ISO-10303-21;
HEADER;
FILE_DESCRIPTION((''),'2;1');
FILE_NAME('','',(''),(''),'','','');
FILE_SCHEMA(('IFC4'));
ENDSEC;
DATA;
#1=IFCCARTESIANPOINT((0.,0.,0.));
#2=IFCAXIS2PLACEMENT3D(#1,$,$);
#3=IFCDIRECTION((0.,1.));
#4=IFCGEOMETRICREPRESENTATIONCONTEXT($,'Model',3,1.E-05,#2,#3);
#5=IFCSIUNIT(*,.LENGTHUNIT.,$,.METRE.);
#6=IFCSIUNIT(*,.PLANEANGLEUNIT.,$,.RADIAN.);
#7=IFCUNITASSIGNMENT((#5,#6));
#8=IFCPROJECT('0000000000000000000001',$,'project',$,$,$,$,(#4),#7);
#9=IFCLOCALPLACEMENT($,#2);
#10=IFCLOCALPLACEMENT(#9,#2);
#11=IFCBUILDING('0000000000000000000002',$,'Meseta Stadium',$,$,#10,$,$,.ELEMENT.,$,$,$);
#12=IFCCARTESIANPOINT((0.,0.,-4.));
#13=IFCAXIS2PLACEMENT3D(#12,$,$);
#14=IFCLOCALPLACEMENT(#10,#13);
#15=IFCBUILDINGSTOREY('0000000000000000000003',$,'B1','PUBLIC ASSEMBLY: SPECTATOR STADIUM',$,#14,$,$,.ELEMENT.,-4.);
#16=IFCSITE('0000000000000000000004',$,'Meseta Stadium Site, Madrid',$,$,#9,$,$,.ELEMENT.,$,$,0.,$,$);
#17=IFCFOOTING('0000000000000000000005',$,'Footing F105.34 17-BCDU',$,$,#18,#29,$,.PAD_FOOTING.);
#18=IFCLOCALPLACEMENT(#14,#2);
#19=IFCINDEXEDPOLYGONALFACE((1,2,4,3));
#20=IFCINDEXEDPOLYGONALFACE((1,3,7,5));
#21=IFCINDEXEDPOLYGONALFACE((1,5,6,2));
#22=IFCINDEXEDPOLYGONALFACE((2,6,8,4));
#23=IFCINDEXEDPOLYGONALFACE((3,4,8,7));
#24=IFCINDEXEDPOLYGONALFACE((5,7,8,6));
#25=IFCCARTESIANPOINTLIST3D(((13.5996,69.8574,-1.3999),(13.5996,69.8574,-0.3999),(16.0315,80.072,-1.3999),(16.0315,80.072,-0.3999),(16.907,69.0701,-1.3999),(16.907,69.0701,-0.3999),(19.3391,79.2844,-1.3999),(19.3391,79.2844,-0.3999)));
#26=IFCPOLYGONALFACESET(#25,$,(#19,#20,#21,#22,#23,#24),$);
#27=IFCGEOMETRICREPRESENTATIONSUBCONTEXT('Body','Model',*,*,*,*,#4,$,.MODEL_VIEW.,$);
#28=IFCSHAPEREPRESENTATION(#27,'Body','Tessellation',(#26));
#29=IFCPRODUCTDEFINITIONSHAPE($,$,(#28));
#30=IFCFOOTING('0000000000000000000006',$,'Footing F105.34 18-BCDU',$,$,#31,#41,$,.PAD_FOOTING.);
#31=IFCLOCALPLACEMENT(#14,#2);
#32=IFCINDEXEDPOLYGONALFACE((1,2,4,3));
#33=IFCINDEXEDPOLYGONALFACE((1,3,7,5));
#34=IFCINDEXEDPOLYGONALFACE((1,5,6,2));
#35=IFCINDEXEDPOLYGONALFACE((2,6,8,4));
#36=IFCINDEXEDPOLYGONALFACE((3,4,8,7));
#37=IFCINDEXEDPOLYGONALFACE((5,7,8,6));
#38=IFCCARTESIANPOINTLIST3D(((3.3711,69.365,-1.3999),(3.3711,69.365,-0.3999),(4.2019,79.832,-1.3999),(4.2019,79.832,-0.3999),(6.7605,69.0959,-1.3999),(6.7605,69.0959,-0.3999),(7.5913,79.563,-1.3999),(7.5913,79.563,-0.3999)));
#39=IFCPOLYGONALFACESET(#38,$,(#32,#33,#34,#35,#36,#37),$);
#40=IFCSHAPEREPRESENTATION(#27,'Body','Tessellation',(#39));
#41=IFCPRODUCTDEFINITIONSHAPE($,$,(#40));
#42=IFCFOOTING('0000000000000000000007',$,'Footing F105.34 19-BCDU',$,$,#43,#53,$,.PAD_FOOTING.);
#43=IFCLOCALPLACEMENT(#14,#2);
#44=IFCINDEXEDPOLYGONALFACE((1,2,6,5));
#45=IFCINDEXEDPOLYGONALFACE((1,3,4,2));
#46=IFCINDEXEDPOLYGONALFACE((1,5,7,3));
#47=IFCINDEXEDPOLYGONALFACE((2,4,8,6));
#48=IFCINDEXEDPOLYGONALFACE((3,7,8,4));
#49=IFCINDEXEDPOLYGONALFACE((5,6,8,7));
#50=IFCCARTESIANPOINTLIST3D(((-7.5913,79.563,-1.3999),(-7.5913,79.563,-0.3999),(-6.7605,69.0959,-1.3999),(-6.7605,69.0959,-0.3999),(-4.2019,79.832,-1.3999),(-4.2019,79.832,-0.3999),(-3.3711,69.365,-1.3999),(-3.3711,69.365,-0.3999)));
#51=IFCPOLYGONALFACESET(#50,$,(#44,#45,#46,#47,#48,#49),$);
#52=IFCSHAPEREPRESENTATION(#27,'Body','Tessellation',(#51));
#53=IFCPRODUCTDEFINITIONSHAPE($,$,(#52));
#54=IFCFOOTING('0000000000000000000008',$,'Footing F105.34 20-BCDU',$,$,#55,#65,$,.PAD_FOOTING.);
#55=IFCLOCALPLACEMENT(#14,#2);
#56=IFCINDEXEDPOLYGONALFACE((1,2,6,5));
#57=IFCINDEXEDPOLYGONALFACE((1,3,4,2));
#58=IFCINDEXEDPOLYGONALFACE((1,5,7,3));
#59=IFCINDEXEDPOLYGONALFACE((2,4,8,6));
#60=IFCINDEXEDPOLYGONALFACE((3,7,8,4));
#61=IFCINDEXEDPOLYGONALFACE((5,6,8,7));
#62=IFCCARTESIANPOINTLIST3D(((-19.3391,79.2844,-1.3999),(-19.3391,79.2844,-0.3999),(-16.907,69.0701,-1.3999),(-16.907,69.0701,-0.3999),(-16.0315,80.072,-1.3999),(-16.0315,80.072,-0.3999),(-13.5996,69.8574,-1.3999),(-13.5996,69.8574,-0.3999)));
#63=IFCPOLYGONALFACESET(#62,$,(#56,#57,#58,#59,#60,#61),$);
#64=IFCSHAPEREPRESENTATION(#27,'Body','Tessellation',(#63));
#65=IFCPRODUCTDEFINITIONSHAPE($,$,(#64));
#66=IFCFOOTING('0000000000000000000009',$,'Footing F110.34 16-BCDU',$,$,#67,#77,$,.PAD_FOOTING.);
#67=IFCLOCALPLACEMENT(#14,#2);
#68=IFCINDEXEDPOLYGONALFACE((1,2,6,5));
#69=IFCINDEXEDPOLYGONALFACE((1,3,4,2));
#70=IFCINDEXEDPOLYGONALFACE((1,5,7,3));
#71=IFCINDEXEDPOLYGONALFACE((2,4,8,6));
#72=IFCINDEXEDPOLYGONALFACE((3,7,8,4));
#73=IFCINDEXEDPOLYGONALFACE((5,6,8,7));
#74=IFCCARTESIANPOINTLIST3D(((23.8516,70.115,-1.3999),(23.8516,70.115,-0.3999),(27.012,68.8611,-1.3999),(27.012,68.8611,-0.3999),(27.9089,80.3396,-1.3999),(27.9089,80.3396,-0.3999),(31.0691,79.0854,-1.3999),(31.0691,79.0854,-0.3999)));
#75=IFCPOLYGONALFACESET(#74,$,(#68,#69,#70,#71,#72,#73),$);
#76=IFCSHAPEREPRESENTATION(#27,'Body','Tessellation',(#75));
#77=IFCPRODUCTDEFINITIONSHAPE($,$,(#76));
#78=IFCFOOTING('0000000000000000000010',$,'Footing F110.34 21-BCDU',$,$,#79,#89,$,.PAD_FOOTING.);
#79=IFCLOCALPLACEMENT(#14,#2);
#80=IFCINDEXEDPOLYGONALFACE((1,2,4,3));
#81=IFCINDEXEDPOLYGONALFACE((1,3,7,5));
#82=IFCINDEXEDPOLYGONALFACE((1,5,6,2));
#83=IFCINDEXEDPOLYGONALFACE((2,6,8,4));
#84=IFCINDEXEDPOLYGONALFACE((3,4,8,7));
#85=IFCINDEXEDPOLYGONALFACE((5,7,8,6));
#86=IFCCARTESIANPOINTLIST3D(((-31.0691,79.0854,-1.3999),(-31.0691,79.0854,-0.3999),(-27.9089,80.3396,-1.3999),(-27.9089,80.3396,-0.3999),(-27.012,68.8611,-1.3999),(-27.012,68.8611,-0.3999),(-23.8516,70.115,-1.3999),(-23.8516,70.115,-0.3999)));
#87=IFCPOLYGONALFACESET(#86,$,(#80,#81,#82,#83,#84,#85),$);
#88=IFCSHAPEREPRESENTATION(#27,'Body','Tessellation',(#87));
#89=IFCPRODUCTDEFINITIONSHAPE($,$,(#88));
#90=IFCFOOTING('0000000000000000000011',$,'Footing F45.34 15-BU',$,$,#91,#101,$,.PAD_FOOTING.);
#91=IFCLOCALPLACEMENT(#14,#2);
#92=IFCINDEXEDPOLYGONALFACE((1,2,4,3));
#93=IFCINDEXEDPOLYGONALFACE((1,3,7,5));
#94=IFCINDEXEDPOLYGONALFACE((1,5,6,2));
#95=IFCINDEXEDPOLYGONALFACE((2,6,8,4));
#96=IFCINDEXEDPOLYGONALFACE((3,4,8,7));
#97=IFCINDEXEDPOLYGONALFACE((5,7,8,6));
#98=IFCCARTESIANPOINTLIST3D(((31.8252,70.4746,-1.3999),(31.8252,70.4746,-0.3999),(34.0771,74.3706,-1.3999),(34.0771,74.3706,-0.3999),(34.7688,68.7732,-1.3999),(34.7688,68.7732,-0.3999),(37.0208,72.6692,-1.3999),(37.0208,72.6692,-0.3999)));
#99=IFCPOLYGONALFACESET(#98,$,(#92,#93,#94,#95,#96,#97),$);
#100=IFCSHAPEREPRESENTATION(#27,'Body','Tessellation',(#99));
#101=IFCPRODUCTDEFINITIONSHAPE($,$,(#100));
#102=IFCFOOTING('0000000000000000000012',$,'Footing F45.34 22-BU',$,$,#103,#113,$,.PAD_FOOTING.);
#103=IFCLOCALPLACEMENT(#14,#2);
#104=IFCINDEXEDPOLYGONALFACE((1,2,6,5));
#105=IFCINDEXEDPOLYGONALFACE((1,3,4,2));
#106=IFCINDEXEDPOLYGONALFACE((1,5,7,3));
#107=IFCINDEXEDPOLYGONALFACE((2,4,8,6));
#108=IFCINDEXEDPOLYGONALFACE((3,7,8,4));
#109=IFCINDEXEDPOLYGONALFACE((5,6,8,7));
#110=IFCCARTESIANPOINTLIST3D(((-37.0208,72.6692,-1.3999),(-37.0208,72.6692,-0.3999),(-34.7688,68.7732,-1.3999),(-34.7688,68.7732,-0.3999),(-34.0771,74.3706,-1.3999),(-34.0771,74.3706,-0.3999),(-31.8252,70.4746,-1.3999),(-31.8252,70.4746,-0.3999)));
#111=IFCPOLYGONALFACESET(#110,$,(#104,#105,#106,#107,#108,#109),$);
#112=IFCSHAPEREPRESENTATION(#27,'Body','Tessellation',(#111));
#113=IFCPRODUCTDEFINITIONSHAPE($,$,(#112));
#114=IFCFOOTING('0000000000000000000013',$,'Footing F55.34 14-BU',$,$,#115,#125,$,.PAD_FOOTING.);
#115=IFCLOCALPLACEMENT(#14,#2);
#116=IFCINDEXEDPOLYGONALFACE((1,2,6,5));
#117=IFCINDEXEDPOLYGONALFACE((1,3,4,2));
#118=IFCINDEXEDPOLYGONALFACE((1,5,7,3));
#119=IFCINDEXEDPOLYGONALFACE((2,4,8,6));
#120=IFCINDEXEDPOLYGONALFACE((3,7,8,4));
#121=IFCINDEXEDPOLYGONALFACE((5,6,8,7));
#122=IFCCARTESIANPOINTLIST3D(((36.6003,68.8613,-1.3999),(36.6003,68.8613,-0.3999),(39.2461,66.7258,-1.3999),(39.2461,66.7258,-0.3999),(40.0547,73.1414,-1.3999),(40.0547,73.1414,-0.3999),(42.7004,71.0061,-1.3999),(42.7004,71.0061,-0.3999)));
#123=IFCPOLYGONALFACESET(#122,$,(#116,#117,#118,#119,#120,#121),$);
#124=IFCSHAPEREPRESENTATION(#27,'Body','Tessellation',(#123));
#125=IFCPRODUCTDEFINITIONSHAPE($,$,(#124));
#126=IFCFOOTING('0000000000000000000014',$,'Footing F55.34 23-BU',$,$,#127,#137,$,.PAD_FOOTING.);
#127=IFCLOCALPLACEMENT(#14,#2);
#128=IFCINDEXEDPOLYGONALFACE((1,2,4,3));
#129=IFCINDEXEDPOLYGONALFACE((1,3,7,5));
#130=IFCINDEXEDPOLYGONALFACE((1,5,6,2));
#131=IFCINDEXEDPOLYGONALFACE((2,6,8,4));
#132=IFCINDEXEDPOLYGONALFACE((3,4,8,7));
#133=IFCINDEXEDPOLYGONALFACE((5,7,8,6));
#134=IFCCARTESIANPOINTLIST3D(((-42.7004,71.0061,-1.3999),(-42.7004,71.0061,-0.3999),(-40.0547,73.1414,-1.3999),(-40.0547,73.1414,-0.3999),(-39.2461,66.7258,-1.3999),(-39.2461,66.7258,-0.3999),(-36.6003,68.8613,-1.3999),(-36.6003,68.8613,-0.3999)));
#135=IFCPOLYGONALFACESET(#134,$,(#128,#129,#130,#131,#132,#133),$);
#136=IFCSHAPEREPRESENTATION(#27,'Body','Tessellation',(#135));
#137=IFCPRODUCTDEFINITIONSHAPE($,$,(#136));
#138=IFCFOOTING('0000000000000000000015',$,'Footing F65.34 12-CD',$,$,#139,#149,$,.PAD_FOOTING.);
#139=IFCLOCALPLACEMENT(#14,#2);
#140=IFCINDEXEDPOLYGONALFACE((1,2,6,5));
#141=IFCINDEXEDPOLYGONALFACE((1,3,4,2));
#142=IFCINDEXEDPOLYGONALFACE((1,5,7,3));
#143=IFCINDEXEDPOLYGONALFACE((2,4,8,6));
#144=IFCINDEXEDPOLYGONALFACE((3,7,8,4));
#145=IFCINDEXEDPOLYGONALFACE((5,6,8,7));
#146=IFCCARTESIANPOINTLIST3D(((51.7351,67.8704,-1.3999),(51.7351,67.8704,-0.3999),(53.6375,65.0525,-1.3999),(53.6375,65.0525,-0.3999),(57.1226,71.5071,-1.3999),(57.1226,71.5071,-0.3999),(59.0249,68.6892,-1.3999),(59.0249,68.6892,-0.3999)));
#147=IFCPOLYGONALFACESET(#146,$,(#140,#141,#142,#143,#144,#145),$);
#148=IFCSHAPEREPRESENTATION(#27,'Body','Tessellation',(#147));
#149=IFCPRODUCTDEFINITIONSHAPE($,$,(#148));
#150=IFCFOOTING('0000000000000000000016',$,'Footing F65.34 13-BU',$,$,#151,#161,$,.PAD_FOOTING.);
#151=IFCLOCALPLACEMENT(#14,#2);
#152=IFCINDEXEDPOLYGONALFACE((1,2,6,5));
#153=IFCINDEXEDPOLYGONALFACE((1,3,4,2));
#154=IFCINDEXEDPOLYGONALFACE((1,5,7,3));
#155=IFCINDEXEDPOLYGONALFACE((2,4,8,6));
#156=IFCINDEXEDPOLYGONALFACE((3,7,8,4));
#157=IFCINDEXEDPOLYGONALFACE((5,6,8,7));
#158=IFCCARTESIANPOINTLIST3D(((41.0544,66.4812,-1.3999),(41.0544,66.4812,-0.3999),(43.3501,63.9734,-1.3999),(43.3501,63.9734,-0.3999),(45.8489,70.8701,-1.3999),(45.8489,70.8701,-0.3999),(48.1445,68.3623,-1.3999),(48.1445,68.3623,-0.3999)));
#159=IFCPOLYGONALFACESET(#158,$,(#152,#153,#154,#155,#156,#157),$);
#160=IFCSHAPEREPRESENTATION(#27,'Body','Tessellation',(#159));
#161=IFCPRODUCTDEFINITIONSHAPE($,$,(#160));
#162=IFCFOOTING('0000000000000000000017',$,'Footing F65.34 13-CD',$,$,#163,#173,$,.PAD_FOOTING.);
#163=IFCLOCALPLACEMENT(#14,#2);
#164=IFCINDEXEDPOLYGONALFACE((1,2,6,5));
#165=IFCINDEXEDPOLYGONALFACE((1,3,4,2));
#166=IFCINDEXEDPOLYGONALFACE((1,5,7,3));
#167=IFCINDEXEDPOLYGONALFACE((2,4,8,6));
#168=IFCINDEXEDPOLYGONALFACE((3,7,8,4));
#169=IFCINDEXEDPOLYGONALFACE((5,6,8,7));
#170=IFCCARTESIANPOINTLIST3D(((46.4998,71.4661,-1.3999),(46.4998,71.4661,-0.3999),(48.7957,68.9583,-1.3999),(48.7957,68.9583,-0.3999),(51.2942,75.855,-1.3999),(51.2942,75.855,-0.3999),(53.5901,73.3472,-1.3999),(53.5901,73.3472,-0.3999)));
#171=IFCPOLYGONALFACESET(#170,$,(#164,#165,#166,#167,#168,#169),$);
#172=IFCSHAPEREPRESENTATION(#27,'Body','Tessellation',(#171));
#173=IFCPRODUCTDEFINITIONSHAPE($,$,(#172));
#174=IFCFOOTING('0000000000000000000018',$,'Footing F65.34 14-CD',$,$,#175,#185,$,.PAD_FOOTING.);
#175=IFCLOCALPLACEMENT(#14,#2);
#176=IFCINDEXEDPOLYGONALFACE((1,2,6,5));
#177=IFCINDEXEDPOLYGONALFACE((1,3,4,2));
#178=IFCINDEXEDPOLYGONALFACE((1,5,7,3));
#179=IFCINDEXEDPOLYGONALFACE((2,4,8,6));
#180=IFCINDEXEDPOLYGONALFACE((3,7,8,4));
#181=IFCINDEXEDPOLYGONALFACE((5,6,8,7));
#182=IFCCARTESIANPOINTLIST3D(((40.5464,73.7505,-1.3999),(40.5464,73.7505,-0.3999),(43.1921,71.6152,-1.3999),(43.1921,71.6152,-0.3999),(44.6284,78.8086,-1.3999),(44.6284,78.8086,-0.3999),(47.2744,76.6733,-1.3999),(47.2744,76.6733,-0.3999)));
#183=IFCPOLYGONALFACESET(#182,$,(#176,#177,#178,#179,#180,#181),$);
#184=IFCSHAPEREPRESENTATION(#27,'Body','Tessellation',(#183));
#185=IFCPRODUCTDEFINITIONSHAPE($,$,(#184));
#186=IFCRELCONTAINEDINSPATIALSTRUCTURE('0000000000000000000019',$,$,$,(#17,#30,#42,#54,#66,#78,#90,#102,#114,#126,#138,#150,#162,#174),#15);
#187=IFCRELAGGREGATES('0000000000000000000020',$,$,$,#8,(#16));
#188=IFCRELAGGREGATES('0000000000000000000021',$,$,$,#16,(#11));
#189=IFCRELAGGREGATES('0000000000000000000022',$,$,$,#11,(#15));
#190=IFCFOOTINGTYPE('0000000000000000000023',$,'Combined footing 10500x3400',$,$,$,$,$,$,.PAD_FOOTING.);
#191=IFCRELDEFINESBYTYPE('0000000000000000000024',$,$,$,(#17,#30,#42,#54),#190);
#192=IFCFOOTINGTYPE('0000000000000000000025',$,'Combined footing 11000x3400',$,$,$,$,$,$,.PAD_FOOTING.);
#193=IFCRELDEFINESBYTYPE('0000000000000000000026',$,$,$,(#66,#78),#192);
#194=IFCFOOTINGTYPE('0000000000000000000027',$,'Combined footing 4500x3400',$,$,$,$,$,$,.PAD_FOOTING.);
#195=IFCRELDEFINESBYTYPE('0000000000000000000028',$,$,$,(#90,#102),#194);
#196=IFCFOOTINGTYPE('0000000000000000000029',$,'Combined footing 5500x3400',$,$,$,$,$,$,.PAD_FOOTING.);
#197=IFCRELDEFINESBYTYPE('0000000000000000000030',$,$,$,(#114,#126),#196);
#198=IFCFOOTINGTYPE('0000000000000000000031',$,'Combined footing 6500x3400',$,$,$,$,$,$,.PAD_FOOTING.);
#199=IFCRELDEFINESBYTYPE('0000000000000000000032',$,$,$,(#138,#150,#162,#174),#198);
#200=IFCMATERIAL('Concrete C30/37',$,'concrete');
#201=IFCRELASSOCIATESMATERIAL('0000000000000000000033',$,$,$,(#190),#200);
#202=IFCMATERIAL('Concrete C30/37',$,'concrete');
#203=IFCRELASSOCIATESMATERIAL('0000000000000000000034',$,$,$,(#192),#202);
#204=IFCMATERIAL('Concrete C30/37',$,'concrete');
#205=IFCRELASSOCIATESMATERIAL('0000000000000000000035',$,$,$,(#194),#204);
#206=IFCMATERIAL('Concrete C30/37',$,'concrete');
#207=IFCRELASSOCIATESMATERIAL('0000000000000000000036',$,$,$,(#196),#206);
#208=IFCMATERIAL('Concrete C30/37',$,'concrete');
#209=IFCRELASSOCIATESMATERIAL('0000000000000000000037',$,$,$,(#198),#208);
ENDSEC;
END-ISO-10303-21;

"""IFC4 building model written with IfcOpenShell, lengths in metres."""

from ifc_helpers import new_model, si_unit, direction, frame, origin, place, context, subcontext, project, spatial, polyline, outline, extrude, material, type_object, element, save


model = new_model("IFC4")

# Units and contexts
model_context = context("Model", 3, precision=1e-05, world=origin(), true_north=direction((0.0, 1.0)))
body_context = subcontext(model_context, "Body", "Model", "MODEL_VIEW")
ifc_project = project(units=[si_unit("LENGTHUNIT", "METRE"), si_unit("PLANEANGLEUNIT", "RADIAN")], contexts=[model_context])

# Site, building, storey
site_placement = place(None, origin())
site = spatial("IfcSite", under=ifc_project, at=site_placement, Name="Meseta Stadium Site, Madrid", CompositionType="ELEMENT", RefElevation=0.0)
building_placement = place(site_placement, origin())
building = spatial("IfcBuilding", under=site, at=building_placement, Name="Meseta Stadium", CompositionType="ELEMENT")
storey_placement = place(building_placement, frame((0.0, 0.0, -4.0)))
storey = spatial("IfcBuildingStorey", under=building, at=storey_placement, Name="B1", Description="PUBLIC ASSEMBLY: SPECTATOR STADIUM", CompositionType="ELEMENT", Elevation=-4.0)

# Footings
ifc_material_1 = material(Name="Concrete C30/37", Category="concrete")
footing_type_1 = type_object("IfcFootingType", Name="Combined footing 10500x3400", PredefinedType="PAD_FOOTING", material=ifc_material_1)
footing_1_placement = place(storey_placement, frame((0.0, 0.0, -1.3999)))
element("IfcFooting", 1, at=footing_1_placement, inside=storey, type_object=footing_type_1, Name="Footing F105.34 17-BCDU", PredefinedType="PAD_FOOTING", context=body_context, shape_type="SweptSolid", body=[
    extrude(outline(polyline([(16.907, 69.0701), (19.3391, 79.2844), (16.0315, 80.072), (13.5996, 69.8574), (16.907, 69.0701)])), origin(), (0.0, 0.0, 1.0), 1.0),
])
footing_2_placement = place(storey_placement, frame((0.0, 0.0, -1.3999)))
element("IfcFooting", 2, at=footing_2_placement, inside=storey, type_object=footing_type_1, Name="Footing F105.34 18-BCDU", PredefinedType="PAD_FOOTING", context=body_context, shape_type="SweptSolid", body=[
    extrude(outline(polyline([(6.7605, 69.0959), (7.5913, 79.563), (4.2019, 79.832), (3.3711, 69.365), (6.7605, 69.0959)])), origin(), (0.0, 0.0, 1.0), 1.0),
])
footing_3_placement = place(storey_placement, frame((0.0, 0.0, -1.3999)))
element("IfcFooting", 3, at=footing_3_placement, inside=storey, type_object=footing_type_1, Name="Footing F105.34 19-BCDU", PredefinedType="PAD_FOOTING", context=body_context, shape_type="SweptSolid", body=[
    extrude(outline(polyline([(-3.3711, 69.365), (-4.2019, 79.832), (-7.5913, 79.563), (-6.7605, 69.0959), (-3.3711, 69.365)])), origin(), (0.0, 0.0, 1.0), 1.0),
])
footing_4_placement = place(storey_placement, frame((0.0, 0.0, -1.3999)))
element("IfcFooting", 4, at=footing_4_placement, inside=storey, type_object=footing_type_1, Name="Footing F105.34 20-BCDU", PredefinedType="PAD_FOOTING", context=body_context, shape_type="SweptSolid", body=[
    extrude(outline(polyline([(-13.5996, 69.8574), (-16.0315, 80.072), (-19.3391, 79.2844), (-16.907, 69.0701), (-13.5996, 69.8574)])), origin(), (0.0, 0.0, 1.0), 1.0),
])
ifc_material_2 = material(Name="Concrete C30/37", Category="concrete")
footing_type_2 = type_object("IfcFootingType", Name="Combined footing 11000x3400", PredefinedType="PAD_FOOTING", material=ifc_material_2)
footing_5_placement = place(storey_placement, frame((0.0, 0.0, -1.3999)))
element("IfcFooting", 5, at=footing_5_placement, inside=storey, type_object=footing_type_2, Name="Footing F110.34 16-BCDU", PredefinedType="PAD_FOOTING", context=body_context, shape_type="SweptSolid", body=[
    extrude(outline(polyline([(27.012, 68.8611), (31.0691, 79.0854), (27.9089, 80.3396), (23.8516, 70.115), (27.012, 68.8611)])), origin(), (0.0, 0.0, 1.0), 1.0),
])
footing_6_placement = place(storey_placement, frame((0.0, 0.0, -1.3999)))
element("IfcFooting", 6, at=footing_6_placement, inside=storey, type_object=footing_type_2, Name="Footing F110.34 21-BCDU", PredefinedType="PAD_FOOTING", context=body_context, shape_type="SweptSolid", body=[
    extrude(outline(polyline([(-23.8516, 70.115), (-27.9089, 80.3396), (-31.0691, 79.0854), (-27.012, 68.8611), (-23.8516, 70.115)])), origin(), (0.0, 0.0, 1.0), 1.0),
])
ifc_material_3 = material(Name="Concrete C30/37", Category="concrete")
footing_type_3 = type_object("IfcFootingType", Name="Combined footing 4500x3400", PredefinedType="PAD_FOOTING", material=ifc_material_3)
footing_7_placement = place(storey_placement, frame((0.0, 0.0, -1.3999)))
element("IfcFooting", 7, at=footing_7_placement, inside=storey, type_object=footing_type_3, Name="Footing F45.34 15-BU", PredefinedType="PAD_FOOTING", context=body_context, shape_type="SweptSolid", body=[
    extrude(outline(polyline([(34.7688, 68.7732), (37.0208, 72.6692), (34.0771, 74.3706), (31.8252, 70.4746), (34.7688, 68.7732)])), origin(), (0.0, 0.0, 1.0), 1.0),
])
footing_8_placement = place(storey_placement, frame((0.0, 0.0, -1.3999)))
element("IfcFooting", 8, at=footing_8_placement, inside=storey, type_object=footing_type_3, Name="Footing F45.34 22-BU", PredefinedType="PAD_FOOTING", context=body_context, shape_type="SweptSolid", body=[
    extrude(outline(polyline([(-31.8252, 70.4746), (-34.0771, 74.3706), (-37.0208, 72.6692), (-34.7688, 68.7732), (-31.8252, 70.4746)])), origin(), (0.0, 0.0, 1.0), 1.0),
])
ifc_material_4 = material(Name="Concrete C30/37", Category="concrete")
footing_type_4 = type_object("IfcFootingType", Name="Combined footing 5500x3400", PredefinedType="PAD_FOOTING", material=ifc_material_4)
footing_9_placement = place(storey_placement, frame((0.0, 0.0, -1.3999)))
element("IfcFooting", 9, at=footing_9_placement, inside=storey, type_object=footing_type_4, Name="Footing F55.34 14-BU", PredefinedType="PAD_FOOTING", context=body_context, shape_type="SweptSolid", body=[
    extrude(outline(polyline([(39.2461, 66.7258), (42.7004, 71.0061), (40.0547, 73.1414), (36.6003, 68.8613), (39.2461, 66.7258)])), origin(), (0.0, 0.0, 1.0), 1.0),
])
footing_10_placement = place(storey_placement, frame((0.0, 0.0, -1.3999)))
element("IfcFooting", 10, at=footing_10_placement, inside=storey, type_object=footing_type_4, Name="Footing F55.34 23-BU", PredefinedType="PAD_FOOTING", context=body_context, shape_type="SweptSolid", body=[
    extrude(outline(polyline([(-36.6003, 68.8613), (-40.0547, 73.1414), (-42.7004, 71.0061), (-39.2461, 66.7258), (-36.6003, 68.8613)])), origin(), (0.0, 0.0, 1.0), 1.0),
])
ifc_material_5 = material(Name="Concrete C30/37", Category="concrete")
footing_type_5 = type_object("IfcFootingType", Name="Combined footing 6500x3400", PredefinedType="PAD_FOOTING", material=ifc_material_5)
footing_11_placement = place(storey_placement, frame((0.0, 0.0, -1.3999)))
element("IfcFooting", 11, at=footing_11_placement, inside=storey, type_object=footing_type_5, Name="Footing F65.34 12-CD", PredefinedType="PAD_FOOTING", context=body_context, shape_type="SweptSolid", body=[
    extrude(outline(polyline([(53.6375, 65.0525), (59.0249, 68.6892), (57.1226, 71.5071), (51.7351, 67.8704), (53.6375, 65.0525)])), origin(), (0.0, 0.0, 1.0), 1.0),
])
footing_12_placement = place(storey_placement, frame((0.0, 0.0, -1.3999)))
element("IfcFooting", 12, at=footing_12_placement, inside=storey, type_object=footing_type_5, Name="Footing F65.34 13-BU", PredefinedType="PAD_FOOTING", context=body_context, shape_type="SweptSolid", body=[
    extrude(outline(polyline([(43.3501, 63.9734), (48.1445, 68.3623), (45.8489, 70.8701), (41.0544, 66.4812), (43.3501, 63.9734)])), origin(), (0.0, 0.0, 1.0), 1.0),
])
footing_13_placement = place(storey_placement, frame((0.0, 0.0, -1.3999)))
element("IfcFooting", 13, at=footing_13_placement, inside=storey, type_object=footing_type_5, Name="Footing F65.34 13-CD", PredefinedType="PAD_FOOTING", context=body_context, shape_type="SweptSolid", body=[
    extrude(outline(polyline([(48.7957, 68.9583), (53.5901, 73.3472), (51.2942, 75.855), (46.4998, 71.4661), (48.7957, 68.9583)])), origin(), (0.0, 0.0, 1.0), 1.0),
])
footing_14_placement = place(storey_placement, frame((0.0, 0.0, -1.3999)))
element("IfcFooting", 14, at=footing_14_placement, inside=storey, type_object=footing_type_5, Name="Footing F65.34 14-CD", PredefinedType="PAD_FOOTING", context=body_context, shape_type="SweptSolid", body=[
    extrude(outline(polyline([(43.1921, 71.6152), (47.2744, 76.6733), (44.6284, 78.8086), (40.5464, 73.7505), (43.1921, 71.6152)])), origin(), (0.0, 0.0, 1.0), 1.0),
])

save(model, "model.ifc")
